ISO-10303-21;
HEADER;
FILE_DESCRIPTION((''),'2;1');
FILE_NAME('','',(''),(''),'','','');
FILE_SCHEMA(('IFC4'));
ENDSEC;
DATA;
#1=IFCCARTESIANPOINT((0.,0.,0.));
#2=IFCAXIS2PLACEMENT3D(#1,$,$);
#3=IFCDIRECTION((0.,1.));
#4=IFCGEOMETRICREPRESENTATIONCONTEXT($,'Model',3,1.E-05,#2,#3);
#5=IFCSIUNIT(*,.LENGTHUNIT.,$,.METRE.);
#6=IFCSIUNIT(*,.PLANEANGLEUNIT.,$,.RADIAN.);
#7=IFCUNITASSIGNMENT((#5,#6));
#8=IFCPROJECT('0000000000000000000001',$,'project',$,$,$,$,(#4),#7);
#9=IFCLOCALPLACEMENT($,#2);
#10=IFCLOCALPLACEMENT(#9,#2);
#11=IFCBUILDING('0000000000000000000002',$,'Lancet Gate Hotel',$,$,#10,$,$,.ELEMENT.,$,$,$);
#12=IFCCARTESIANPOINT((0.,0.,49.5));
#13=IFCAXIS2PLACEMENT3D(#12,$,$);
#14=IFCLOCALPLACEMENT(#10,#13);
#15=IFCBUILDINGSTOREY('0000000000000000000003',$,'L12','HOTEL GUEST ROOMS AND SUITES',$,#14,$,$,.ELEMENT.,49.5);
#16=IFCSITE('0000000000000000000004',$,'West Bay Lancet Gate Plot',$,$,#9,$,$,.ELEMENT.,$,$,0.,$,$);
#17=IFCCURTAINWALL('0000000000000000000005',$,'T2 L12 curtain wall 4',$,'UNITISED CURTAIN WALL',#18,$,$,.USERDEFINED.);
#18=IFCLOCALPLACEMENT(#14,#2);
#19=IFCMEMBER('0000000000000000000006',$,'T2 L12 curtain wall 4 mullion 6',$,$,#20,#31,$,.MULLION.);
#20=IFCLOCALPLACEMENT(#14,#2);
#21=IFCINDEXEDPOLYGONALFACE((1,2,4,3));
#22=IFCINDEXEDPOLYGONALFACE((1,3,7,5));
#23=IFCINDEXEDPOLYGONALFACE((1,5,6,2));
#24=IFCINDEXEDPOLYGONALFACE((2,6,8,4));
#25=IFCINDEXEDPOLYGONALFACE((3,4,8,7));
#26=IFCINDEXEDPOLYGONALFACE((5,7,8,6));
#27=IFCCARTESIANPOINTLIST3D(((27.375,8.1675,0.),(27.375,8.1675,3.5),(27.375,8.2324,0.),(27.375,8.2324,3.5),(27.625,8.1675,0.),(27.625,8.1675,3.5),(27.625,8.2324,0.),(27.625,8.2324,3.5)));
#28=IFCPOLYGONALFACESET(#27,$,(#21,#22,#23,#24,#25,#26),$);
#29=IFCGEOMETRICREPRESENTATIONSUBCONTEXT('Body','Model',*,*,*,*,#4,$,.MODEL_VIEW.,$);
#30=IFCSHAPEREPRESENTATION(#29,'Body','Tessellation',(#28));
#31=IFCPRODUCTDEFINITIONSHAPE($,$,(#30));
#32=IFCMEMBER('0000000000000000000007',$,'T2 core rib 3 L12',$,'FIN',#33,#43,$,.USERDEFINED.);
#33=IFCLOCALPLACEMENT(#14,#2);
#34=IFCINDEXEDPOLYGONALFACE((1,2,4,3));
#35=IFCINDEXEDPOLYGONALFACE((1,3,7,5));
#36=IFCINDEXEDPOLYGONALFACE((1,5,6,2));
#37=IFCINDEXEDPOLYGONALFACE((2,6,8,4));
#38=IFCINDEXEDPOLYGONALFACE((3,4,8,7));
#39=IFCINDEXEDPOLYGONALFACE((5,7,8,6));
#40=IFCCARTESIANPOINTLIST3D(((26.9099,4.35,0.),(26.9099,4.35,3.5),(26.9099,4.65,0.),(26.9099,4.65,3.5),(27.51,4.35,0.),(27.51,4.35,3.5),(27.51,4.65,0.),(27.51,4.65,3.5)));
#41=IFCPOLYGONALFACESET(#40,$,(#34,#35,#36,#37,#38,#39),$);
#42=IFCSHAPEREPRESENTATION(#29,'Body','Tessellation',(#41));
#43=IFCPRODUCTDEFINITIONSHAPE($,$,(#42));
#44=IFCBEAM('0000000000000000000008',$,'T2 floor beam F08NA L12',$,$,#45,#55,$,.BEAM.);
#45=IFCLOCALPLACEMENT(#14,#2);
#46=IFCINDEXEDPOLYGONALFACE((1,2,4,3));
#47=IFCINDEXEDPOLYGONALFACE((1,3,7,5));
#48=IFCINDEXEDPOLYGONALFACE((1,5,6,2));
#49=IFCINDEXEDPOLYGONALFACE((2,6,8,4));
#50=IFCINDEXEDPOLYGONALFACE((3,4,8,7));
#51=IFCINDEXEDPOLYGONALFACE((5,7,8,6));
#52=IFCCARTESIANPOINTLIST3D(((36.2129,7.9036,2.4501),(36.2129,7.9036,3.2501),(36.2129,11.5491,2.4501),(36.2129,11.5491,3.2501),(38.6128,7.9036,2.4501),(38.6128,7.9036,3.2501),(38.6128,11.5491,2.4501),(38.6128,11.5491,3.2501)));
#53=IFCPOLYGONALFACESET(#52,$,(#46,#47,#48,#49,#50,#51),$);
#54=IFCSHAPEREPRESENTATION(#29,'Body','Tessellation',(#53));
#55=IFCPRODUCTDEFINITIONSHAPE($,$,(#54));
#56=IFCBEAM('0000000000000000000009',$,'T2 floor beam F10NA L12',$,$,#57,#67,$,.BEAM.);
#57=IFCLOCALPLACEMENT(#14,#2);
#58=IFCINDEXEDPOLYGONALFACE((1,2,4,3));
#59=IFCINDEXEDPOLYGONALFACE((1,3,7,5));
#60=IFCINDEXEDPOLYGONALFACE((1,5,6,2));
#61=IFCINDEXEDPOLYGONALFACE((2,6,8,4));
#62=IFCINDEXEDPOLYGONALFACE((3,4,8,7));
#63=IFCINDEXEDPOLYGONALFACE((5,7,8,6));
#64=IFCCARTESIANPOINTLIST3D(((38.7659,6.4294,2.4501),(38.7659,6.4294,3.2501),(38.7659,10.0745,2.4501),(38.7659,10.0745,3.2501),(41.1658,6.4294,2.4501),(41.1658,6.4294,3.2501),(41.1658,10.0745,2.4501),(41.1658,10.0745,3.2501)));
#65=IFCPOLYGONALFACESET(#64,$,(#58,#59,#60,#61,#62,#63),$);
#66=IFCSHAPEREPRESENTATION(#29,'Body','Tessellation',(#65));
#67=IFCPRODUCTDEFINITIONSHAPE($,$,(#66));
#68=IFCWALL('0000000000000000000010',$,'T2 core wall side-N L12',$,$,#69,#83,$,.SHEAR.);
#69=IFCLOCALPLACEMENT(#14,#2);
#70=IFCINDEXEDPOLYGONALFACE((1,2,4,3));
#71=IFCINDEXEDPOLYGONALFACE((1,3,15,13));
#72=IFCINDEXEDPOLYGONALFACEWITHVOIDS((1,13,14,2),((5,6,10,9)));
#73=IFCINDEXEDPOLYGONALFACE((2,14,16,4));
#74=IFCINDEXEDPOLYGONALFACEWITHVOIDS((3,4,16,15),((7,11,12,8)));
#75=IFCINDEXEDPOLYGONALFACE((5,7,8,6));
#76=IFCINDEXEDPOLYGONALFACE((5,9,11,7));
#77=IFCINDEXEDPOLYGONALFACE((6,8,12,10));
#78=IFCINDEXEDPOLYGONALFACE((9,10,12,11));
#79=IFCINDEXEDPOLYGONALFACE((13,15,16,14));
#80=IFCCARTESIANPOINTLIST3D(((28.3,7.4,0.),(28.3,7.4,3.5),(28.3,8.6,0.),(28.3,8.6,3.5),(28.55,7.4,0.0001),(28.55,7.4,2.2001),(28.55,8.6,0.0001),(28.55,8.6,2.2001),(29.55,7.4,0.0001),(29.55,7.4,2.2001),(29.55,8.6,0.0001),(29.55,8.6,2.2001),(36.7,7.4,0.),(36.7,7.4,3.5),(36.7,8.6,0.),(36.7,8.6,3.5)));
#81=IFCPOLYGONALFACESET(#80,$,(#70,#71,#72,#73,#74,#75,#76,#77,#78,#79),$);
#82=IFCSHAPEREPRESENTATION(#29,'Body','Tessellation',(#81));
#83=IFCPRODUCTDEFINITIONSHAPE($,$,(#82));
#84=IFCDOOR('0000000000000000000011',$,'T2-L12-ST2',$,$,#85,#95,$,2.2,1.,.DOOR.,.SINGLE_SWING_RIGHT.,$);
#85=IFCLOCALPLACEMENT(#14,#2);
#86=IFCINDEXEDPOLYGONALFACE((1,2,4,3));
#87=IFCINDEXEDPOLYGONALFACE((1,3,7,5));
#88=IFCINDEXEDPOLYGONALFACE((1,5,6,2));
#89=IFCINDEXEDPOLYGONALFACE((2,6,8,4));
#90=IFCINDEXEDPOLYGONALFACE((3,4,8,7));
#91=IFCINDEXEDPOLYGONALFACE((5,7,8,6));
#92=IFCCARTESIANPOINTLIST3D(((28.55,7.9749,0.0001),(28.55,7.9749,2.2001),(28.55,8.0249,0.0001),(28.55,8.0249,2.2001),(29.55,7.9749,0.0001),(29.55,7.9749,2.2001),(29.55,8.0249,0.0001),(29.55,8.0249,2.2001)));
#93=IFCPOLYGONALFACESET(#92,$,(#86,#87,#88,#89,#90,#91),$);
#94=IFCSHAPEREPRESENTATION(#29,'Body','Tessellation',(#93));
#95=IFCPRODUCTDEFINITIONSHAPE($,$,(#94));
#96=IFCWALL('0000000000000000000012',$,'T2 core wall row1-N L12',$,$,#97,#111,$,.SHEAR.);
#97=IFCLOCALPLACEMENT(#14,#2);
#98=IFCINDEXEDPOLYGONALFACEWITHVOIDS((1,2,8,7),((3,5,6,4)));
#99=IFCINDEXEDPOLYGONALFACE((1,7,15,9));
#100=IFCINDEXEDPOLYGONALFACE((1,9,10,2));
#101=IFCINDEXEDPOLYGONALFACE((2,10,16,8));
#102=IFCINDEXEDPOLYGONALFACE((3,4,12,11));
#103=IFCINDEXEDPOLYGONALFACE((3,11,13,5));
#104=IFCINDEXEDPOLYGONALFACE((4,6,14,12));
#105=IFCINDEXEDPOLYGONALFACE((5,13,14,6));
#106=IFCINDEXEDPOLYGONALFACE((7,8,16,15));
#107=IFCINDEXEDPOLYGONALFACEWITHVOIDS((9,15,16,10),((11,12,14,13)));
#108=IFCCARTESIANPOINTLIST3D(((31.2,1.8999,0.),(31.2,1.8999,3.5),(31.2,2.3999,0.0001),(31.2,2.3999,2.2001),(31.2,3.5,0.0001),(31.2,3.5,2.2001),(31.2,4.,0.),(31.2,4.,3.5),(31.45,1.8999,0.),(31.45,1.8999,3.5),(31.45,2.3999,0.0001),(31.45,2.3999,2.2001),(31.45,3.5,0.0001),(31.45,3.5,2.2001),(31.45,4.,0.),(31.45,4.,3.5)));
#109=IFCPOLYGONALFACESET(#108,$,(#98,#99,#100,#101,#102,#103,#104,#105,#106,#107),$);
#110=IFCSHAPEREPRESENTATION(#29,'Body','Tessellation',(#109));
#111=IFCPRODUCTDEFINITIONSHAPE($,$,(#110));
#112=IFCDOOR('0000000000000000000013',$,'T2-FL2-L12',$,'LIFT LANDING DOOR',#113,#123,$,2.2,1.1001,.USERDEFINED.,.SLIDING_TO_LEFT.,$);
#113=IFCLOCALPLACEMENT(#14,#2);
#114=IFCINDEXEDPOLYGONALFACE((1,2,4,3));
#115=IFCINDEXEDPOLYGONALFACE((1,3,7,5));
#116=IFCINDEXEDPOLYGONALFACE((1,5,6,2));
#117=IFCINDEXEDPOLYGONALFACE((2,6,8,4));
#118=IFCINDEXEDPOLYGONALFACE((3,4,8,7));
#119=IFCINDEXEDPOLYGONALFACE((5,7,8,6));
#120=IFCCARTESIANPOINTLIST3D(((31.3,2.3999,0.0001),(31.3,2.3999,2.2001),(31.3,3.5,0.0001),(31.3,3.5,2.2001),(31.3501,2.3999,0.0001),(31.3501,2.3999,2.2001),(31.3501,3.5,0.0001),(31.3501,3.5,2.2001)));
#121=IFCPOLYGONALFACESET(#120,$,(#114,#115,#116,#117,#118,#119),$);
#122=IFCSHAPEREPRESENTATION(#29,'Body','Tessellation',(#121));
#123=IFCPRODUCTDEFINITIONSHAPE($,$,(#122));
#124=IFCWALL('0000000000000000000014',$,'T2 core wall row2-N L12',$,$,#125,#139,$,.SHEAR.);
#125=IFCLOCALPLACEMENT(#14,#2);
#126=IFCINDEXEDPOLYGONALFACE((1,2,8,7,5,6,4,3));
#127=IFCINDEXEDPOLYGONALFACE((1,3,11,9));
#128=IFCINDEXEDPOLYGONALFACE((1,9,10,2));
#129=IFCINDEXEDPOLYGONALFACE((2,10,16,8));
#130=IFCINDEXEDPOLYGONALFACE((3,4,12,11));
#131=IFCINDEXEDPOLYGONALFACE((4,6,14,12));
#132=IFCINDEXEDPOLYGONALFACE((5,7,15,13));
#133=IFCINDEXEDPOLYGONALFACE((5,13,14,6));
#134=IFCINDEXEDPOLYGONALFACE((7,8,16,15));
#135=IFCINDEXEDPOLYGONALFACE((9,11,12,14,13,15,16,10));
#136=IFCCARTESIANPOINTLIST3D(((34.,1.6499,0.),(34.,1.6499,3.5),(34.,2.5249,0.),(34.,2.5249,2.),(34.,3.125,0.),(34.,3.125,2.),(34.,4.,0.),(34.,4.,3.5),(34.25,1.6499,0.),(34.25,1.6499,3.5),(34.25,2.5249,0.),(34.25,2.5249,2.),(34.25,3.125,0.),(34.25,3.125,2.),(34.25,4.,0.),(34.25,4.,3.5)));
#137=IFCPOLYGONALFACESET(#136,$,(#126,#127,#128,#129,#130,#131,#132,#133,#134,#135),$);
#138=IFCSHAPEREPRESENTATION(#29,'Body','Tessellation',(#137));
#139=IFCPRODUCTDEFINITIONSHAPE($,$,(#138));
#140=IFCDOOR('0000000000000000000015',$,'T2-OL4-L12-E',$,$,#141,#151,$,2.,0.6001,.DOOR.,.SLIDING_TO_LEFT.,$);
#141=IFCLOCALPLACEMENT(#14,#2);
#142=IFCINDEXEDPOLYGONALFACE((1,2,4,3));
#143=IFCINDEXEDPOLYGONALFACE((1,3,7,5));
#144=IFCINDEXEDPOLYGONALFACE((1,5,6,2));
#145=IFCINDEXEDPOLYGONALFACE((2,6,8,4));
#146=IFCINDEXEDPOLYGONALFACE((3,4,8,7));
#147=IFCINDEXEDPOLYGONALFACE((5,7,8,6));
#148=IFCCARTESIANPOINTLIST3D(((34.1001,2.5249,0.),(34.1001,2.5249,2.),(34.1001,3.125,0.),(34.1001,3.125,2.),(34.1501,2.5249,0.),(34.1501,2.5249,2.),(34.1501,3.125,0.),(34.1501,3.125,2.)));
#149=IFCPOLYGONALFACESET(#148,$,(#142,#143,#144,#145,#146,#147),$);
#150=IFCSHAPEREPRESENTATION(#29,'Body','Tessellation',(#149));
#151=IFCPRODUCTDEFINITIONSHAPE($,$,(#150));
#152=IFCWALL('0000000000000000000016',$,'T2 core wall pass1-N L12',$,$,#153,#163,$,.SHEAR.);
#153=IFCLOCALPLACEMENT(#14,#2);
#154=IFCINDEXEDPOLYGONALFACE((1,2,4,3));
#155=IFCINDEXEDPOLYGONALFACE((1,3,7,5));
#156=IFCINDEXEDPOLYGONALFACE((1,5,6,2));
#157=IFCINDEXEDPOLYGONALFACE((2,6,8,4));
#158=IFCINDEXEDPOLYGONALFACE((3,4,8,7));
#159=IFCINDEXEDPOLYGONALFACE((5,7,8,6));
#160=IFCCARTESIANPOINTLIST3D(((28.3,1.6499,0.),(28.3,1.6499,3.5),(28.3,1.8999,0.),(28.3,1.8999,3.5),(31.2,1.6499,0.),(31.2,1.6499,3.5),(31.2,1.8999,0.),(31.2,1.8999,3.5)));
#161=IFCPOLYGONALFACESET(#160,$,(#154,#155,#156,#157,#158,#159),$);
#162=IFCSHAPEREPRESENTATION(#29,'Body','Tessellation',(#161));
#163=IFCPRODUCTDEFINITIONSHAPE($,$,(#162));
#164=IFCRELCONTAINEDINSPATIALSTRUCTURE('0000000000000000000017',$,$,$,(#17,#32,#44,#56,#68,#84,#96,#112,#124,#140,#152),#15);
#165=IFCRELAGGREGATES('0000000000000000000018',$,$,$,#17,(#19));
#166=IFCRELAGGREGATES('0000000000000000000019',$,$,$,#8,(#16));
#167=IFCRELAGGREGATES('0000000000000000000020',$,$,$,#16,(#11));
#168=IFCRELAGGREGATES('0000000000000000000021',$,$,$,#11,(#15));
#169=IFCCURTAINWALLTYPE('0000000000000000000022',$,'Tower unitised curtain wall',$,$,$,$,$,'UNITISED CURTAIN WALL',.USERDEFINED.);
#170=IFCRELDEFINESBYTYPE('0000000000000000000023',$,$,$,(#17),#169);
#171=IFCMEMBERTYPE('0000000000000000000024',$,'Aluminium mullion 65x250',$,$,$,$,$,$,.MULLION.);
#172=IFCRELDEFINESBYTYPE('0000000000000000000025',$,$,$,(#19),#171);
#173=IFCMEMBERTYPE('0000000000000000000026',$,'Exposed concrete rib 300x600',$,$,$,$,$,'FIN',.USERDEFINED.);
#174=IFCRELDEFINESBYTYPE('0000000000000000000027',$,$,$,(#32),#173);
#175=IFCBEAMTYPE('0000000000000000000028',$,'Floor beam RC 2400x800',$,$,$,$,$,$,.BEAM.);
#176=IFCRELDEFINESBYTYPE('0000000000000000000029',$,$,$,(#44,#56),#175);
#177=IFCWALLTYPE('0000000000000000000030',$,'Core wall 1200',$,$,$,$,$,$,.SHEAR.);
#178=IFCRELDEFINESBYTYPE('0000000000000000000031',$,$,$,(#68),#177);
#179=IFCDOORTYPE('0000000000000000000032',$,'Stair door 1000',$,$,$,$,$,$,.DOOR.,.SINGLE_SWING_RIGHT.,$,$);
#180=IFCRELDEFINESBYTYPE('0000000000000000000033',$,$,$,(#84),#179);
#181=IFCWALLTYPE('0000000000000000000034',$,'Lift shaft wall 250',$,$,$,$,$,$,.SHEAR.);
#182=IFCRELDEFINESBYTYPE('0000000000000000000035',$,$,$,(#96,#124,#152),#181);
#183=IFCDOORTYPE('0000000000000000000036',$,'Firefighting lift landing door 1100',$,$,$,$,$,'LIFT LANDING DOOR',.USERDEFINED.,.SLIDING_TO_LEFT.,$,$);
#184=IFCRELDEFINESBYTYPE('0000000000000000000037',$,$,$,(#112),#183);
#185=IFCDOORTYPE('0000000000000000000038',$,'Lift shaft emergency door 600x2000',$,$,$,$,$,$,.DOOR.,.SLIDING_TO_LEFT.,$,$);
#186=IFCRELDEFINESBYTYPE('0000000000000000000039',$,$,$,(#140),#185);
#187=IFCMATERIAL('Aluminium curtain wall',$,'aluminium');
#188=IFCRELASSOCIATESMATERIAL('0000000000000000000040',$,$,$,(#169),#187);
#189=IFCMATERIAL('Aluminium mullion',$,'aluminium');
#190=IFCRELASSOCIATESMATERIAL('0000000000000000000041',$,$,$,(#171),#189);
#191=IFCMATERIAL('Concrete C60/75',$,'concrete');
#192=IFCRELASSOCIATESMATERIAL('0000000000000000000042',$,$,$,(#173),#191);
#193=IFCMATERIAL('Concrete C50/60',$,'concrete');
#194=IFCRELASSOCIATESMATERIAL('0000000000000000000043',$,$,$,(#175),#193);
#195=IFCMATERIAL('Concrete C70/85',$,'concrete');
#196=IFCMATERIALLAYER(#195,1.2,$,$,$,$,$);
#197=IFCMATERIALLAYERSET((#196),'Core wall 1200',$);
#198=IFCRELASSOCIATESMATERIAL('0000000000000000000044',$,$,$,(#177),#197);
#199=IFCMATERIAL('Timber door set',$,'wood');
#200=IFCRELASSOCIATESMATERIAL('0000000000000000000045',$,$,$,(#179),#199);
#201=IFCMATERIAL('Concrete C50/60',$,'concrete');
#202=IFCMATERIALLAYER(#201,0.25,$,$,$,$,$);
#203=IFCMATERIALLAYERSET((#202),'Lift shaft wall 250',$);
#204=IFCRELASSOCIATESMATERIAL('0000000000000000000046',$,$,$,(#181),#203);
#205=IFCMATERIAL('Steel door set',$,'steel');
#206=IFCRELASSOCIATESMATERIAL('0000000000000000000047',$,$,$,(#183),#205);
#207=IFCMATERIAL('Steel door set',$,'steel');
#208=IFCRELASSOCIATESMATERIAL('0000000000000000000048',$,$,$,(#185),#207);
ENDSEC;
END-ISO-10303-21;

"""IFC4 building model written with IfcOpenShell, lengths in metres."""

from ifc_helpers import new_model, si_unit, direction, frame, frame_2d, origin, origin_2d, place, context, subcontext, project, spatial, rectangle, extrude, material, layer, layer_set, material_profile, profile_set, type_object, element, fill, aggregate, save


model = new_model("IFC4")

# Units and contexts
model_context = context("Model", 3, precision=1e-05, world=origin(), true_north=direction((0.0, 1.0)))
body_context = subcontext(model_context, "Body", "Model", "MODEL_VIEW")
ifc_project = project(units=[si_unit("LENGTHUNIT", "METRE"), si_unit("PLANEANGLEUNIT", "RADIAN")], contexts=[model_context])

# Site, building, storey
site_placement = place(None, origin())
site = spatial("IfcSite", under=ifc_project, at=site_placement, Name="West Bay Lancet Gate Plot", CompositionType="ELEMENT", RefElevation=0.0)
building_placement = place(site_placement, origin())
building = spatial("IfcBuilding", under=site, at=building_placement, Name="Lancet Gate Hotel", CompositionType="ELEMENT")
storey_placement = place(building_placement, frame((0.0, 0.0, 49.5)))
storey = spatial("IfcBuildingStorey", under=building, at=storey_placement, Name="L12", Description="HOTEL GUEST ROOMS AND SUITES", CompositionType="ELEMENT", Elevation=49.5)

# Curtain wall, member
ifc_material_1 = material(Name="Aluminium curtain wall", Category="aluminium")
curtain_wall_type = type_object("IfcCurtainWallType", Name="Tower unitised curtain wall", ElementType="UNITISED CURTAIN WALL", PredefinedType="USERDEFINED", material=ifc_material_1)
curtain_wall_placement = place(storey_placement, origin())
curtain_wall = element("IfcCurtainWall", 1, at=curtain_wall_placement, inside=storey, type_object=curtain_wall_type, Name="T2 L12 curtain wall 4", ObjectType="UNITISED CURTAIN WALL", PredefinedType="USERDEFINED")
ifc_material_2 = material(Name="Aluminium mullion", Category="aluminium")
ifc_material_profile_1 = material_profile(ifc_material_2, rectangle(XDim=0.0649, YDim=0.25, at=origin_2d()), Name="MULLION 65x250")
ifc_profile_set_1 = profile_set([ifc_material_profile_1], Name="Aluminium mullion")
member_type_1 = type_object("IfcMemberType", Name="Aluminium mullion 65x250", PredefinedType="MULLION", material=ifc_profile_set_1)
member_1_placement = place(storey_placement, frame((27.5, 8.2, 0.0), z_axis=(0.0, 0.0, 1.0), x_axis=(0.0, -1.0, 0.0)))
member_1 = element("IfcMember", 2, at=member_1_placement, type_object=member_type_1, Name="T2 L12 curtain wall 4 mullion 6", PredefinedType="MULLION", context=body_context, shape_type="SweptSolid", body=[
    extrude(rectangle(XDim=0.0649, YDim=0.25, at=origin_2d()), origin(), (0.0, 0.0, 1.0), 3.5),
])
aggregate(curtain_wall, [member_1])

# Member
ifc_material_3 = material(Name="Concrete C60/75", Category="concrete")
ifc_material_profile_2 = material_profile(ifc_material_3, rectangle(XDim=0.3, YDim=0.6001, at=origin_2d()), Name="FIN 300x600")
ifc_profile_set_2 = profile_set([ifc_material_profile_2], Name="Concrete C60/75")
member_type_2 = type_object("IfcMemberType", Name="Exposed concrete rib 300x600", ElementType="FIN", PredefinedType="USERDEFINED", material=ifc_profile_set_2)
member_2_placement = place(storey_placement, frame((27.21, 4.5, 0.0), z_axis=(0.0, 0.0, 1.0), x_axis=(0.0, 1.0, 0.0)))
element("IfcMember", 3, at=member_2_placement, inside=storey, type_object=member_type_2, Name="T2 core rib 3 L12", ObjectType="FIN", PredefinedType="USERDEFINED", context=body_context, shape_type="SweptSolid", body=[
    extrude(rectangle(XDim=0.3, YDim=0.6001, at=origin_2d()), origin(), (0.0, 0.0, 1.0), 3.5),
])

# Beams
ifc_material_4 = material(Name="Concrete C50/60", Category="concrete")
ifc_material_profile_3 = material_profile(ifc_material_4, rectangle(XDim=2.3999, YDim=0.8, at=origin_2d()), Name="RC 2400x800")
ifc_profile_set_3 = profile_set([ifc_material_profile_3], Name="Concrete C50/60")
beam_type = type_object("IfcBeamType", Name="Floor beam RC 2400x800", PredefinedType="BEAM", material=ifc_profile_set_3)
beam_1_placement = place(storey_placement, frame((37.4128, 7.9036, 2.8501), z_axis=(0.0, 1.0, 0.0), x_axis=(-1.0, 0.0, 0.0)))
element("IfcBeam", 4, at=beam_1_placement, inside=storey, type_object=beam_type, Name="T2 floor beam F08NA L12", PredefinedType="BEAM", context=body_context, shape_type="SweptSolid", body=[
    extrude(rectangle(XDim=2.3999, YDim=0.8, at=origin_2d()), origin(), (0.0, 0.0, 1.0), 3.6455),
])
beam_2_placement = place(storey_placement, frame((39.9658, 6.4294, 2.8501), z_axis=(0.0, 1.0, 0.0), x_axis=(-1.0, 0.0, 0.0)))
element("IfcBeam", 5, at=beam_2_placement, inside=storey, type_object=beam_type, Name="T2 floor beam F10NA L12", PredefinedType="BEAM", context=body_context, shape_type="SweptSolid", body=[
    extrude(rectangle(XDim=2.3999, YDim=0.8, at=origin_2d()), origin(), (0.0, 0.0, 1.0), 3.645),
])

# Walls, openings, doors
ifc_material_5 = material(Name="Concrete C70/85", Category="concrete")
ifc_layer_1 = layer(ifc_material_5, 1.2)
ifc_layer_set_1 = layer_set([ifc_layer_1], Name="Core wall 1200")
wall_type_1 = type_object("IfcWallType", Name="Core wall 1200", PredefinedType="SHEAR", material=ifc_layer_set_1)
wall_1_placement = place(storey_placement, frame((28.3, 8.0, 0.0), z_axis=(0.0, 0.0, 1.0), x_axis=(1.0, 0.0, 0.0)))
wall_1 = element("IfcWall", 6, at=wall_1_placement, inside=storey, type_object=wall_type_1, Name="T2 core wall side-N L12", PredefinedType="SHEAR", context=body_context, shape_type="SweptSolid", body=[
    extrude(rectangle(XDim=8.3999, YDim=1.2, at=frame_2d((4.2, 0.0))), origin(), (0.0, 0.0, 1.0), 3.5),
])
opening_1_placement = place(wall_1_placement, frame((0.25, 0.0, 0.0)))
opening_1 = element("IfcOpeningElement", 7, at=opening_1_placement, cuts=wall_1, PredefinedType="OPENING", context=body_context, shape_type="SweptSolid", body=[
    extrude(rectangle(XDim=1.0, YDim=2.2, at=frame_2d((0.5, 1.1001))), frame((0.0, 0.6099, 0.0), z_axis=(0.0, -1.0, 0.0), x_axis=(1.0, 0.0, 0.0)), (0.0, 0.0, 1.0), 1.22),
])
ifc_material_6 = material(Name="Timber door set", Category="wood")
door_type_1 = type_object("IfcDoorType", Name="Stair door 1000", OperationType="SINGLE_SWING_RIGHT", PredefinedType="DOOR", material=ifc_material_6)
door_1_placement = place(opening_1_placement, origin())
door_1 = element("IfcDoor", 8, at=door_1_placement, inside=storey, type_object=door_type_1, Name="T2-L12-ST2", OperationType="SINGLE_SWING_RIGHT", OverallHeight=2.2, OverallWidth=1.0, PredefinedType="DOOR", context=body_context, shape_type="SweptSolid", body=[
    extrude(rectangle(XDim=1.0, YDim=2.2, at=frame_2d((0.5, 1.1001))), frame((0.0, 0.0249, 0.0), z_axis=(0.0, -1.0, 0.0), x_axis=(1.0, 0.0, 0.0)), (0.0, 0.0, 1.0), 0.05),
])
fill(opening_1, door_1)
ifc_material_7 = material(Name="Concrete C50/60", Category="concrete")
ifc_layer_2 = layer(ifc_material_7, 0.25)
ifc_layer_set_2 = layer_set([ifc_layer_2], Name="Lift shaft wall 250")
wall_type_2 = type_object("IfcWallType", Name="Lift shaft wall 250", PredefinedType="SHEAR", material=ifc_layer_set_2)
wall_2_placement = place(storey_placement, frame((31.325, 1.8999, 0.0), z_axis=(0.0, 0.0, 1.0), x_axis=(0.0, 1.0, 0.0)))
wall_2 = element("IfcWall", 9, at=wall_2_placement, inside=storey, type_object=wall_type_2, Name="T2 core wall row1-N L12", PredefinedType="SHEAR", context=body_context, shape_type="SweptSolid", body=[
    extrude(rectangle(XDim=2.1001, YDim=0.25, at=frame_2d((1.05, 0.0))), origin(), (0.0, 0.0, 1.0), 3.5),
])
opening_2_placement = place(wall_2_placement, frame((0.5, 0.0, 0.0)))
opening_2 = element("IfcOpeningElement", 10, at=opening_2_placement, cuts=wall_2, PredefinedType="OPENING", context=body_context, shape_type="SweptSolid", body=[
    extrude(rectangle(XDim=1.1001, YDim=2.2, at=frame_2d((0.55, 1.1001))), frame((0.0, 0.135, 0.0), z_axis=(0.0, -1.0, 0.0), x_axis=(1.0, 0.0, 0.0)), (0.0, 0.0, 1.0), 0.27),
])
ifc_material_8 = material(Name="Steel door set", Category="steel")
door_type_2 = type_object("IfcDoorType", Name="Firefighting lift landing door 1100", ElementType="LIFT LANDING DOOR", OperationType="SLIDING_TO_LEFT", PredefinedType="USERDEFINED", material=ifc_material_8)
door_2_placement = place(opening_2_placement, origin())
door_2 = element("IfcDoor", 11, at=door_2_placement, inside=storey, type_object=door_type_2, Name="T2-FL2-L12", ObjectType="LIFT LANDING DOOR", OperationType="SLIDING_TO_LEFT", OverallHeight=2.2, OverallWidth=1.1001, PredefinedType="USERDEFINED", context=body_context, shape_type="SweptSolid", body=[
    extrude(rectangle(XDim=1.1001, YDim=2.2, at=frame_2d((0.55, 1.1001))), frame((0.0, 0.0249, 0.0), z_axis=(0.0, -1.0, 0.0), x_axis=(1.0, 0.0, 0.0)), (0.0, 0.0, 1.0), 0.05),
])
fill(opening_2, door_2)
wall_3_placement = place(storey_placement, frame((34.125, 1.6499, 0.0), z_axis=(0.0, 0.0, 1.0), x_axis=(0.0, 1.0, 0.0)))
wall_3 = element("IfcWall", 12, at=wall_3_placement, inside=storey, type_object=wall_type_2, Name="T2 core wall row2-N L12", PredefinedType="SHEAR", context=body_context, shape_type="SweptSolid", body=[
    extrude(rectangle(XDim=2.3501, YDim=0.25, at=frame_2d((1.175, 0.0))), origin(), (0.0, 0.0, 1.0), 3.5),
])
opening_3_placement = place(wall_3_placement, frame((0.875, 0.0, 0.0)))
opening_3 = element("IfcOpeningElement", 13, at=opening_3_placement, cuts=wall_3, PredefinedType="OPENING", context=body_context, shape_type="SweptSolid", body=[
    extrude(rectangle(XDim=0.6001, YDim=2.0, at=frame_2d((0.3, 1.0))), frame((0.0, 0.135, 0.0), z_axis=(0.0, -1.0, 0.0), x_axis=(1.0, 0.0, 0.0)), (0.0, 0.0, 1.0), 0.27),
])
ifc_material_9 = material(Name="Steel door set", Category="steel")
door_type_3 = type_object("IfcDoorType", Name="Lift shaft emergency door 600x2000", OperationType="SLIDING_TO_LEFT", PredefinedType="DOOR", material=ifc_material_9)
door_3_placement = place(opening_3_placement, origin())
door_3 = element("IfcDoor", 14, at=door_3_placement, inside=storey, type_object=door_type_3, Name="T2-OL4-L12-E", OperationType="SLIDING_TO_LEFT", OverallHeight=2.0, OverallWidth=0.6001, PredefinedType="DOOR", context=body_context, shape_type="SweptSolid", body=[
    extrude(rectangle(XDim=0.6001, YDim=2.0, at=frame_2d((0.3, 1.0))), frame((0.0, 0.0249, 0.0), z_axis=(0.0, -1.0, 0.0), x_axis=(1.0, 0.0, 0.0)), (0.0, 0.0, 1.0), 0.05),
])
fill(opening_3, door_3)

# Wall
wall_4_placement = place(storey_placement, frame((28.3, 1.7749, 0.0), z_axis=(0.0, 0.0, 1.0), x_axis=(1.0, 0.0, 0.0)))
element("IfcWall", 15, at=wall_4_placement, inside=storey, type_object=wall_type_2, Name="T2 core wall pass1-N L12", PredefinedType="SHEAR", context=body_context, shape_type="SweptSolid", body=[
    extrude(rectangle(XDim=2.8999, YDim=0.25, at=frame_2d((1.45, 0.0))), origin(), (0.0, 0.0, 1.0), 3.5),
])

save(model, "model.ifc")
